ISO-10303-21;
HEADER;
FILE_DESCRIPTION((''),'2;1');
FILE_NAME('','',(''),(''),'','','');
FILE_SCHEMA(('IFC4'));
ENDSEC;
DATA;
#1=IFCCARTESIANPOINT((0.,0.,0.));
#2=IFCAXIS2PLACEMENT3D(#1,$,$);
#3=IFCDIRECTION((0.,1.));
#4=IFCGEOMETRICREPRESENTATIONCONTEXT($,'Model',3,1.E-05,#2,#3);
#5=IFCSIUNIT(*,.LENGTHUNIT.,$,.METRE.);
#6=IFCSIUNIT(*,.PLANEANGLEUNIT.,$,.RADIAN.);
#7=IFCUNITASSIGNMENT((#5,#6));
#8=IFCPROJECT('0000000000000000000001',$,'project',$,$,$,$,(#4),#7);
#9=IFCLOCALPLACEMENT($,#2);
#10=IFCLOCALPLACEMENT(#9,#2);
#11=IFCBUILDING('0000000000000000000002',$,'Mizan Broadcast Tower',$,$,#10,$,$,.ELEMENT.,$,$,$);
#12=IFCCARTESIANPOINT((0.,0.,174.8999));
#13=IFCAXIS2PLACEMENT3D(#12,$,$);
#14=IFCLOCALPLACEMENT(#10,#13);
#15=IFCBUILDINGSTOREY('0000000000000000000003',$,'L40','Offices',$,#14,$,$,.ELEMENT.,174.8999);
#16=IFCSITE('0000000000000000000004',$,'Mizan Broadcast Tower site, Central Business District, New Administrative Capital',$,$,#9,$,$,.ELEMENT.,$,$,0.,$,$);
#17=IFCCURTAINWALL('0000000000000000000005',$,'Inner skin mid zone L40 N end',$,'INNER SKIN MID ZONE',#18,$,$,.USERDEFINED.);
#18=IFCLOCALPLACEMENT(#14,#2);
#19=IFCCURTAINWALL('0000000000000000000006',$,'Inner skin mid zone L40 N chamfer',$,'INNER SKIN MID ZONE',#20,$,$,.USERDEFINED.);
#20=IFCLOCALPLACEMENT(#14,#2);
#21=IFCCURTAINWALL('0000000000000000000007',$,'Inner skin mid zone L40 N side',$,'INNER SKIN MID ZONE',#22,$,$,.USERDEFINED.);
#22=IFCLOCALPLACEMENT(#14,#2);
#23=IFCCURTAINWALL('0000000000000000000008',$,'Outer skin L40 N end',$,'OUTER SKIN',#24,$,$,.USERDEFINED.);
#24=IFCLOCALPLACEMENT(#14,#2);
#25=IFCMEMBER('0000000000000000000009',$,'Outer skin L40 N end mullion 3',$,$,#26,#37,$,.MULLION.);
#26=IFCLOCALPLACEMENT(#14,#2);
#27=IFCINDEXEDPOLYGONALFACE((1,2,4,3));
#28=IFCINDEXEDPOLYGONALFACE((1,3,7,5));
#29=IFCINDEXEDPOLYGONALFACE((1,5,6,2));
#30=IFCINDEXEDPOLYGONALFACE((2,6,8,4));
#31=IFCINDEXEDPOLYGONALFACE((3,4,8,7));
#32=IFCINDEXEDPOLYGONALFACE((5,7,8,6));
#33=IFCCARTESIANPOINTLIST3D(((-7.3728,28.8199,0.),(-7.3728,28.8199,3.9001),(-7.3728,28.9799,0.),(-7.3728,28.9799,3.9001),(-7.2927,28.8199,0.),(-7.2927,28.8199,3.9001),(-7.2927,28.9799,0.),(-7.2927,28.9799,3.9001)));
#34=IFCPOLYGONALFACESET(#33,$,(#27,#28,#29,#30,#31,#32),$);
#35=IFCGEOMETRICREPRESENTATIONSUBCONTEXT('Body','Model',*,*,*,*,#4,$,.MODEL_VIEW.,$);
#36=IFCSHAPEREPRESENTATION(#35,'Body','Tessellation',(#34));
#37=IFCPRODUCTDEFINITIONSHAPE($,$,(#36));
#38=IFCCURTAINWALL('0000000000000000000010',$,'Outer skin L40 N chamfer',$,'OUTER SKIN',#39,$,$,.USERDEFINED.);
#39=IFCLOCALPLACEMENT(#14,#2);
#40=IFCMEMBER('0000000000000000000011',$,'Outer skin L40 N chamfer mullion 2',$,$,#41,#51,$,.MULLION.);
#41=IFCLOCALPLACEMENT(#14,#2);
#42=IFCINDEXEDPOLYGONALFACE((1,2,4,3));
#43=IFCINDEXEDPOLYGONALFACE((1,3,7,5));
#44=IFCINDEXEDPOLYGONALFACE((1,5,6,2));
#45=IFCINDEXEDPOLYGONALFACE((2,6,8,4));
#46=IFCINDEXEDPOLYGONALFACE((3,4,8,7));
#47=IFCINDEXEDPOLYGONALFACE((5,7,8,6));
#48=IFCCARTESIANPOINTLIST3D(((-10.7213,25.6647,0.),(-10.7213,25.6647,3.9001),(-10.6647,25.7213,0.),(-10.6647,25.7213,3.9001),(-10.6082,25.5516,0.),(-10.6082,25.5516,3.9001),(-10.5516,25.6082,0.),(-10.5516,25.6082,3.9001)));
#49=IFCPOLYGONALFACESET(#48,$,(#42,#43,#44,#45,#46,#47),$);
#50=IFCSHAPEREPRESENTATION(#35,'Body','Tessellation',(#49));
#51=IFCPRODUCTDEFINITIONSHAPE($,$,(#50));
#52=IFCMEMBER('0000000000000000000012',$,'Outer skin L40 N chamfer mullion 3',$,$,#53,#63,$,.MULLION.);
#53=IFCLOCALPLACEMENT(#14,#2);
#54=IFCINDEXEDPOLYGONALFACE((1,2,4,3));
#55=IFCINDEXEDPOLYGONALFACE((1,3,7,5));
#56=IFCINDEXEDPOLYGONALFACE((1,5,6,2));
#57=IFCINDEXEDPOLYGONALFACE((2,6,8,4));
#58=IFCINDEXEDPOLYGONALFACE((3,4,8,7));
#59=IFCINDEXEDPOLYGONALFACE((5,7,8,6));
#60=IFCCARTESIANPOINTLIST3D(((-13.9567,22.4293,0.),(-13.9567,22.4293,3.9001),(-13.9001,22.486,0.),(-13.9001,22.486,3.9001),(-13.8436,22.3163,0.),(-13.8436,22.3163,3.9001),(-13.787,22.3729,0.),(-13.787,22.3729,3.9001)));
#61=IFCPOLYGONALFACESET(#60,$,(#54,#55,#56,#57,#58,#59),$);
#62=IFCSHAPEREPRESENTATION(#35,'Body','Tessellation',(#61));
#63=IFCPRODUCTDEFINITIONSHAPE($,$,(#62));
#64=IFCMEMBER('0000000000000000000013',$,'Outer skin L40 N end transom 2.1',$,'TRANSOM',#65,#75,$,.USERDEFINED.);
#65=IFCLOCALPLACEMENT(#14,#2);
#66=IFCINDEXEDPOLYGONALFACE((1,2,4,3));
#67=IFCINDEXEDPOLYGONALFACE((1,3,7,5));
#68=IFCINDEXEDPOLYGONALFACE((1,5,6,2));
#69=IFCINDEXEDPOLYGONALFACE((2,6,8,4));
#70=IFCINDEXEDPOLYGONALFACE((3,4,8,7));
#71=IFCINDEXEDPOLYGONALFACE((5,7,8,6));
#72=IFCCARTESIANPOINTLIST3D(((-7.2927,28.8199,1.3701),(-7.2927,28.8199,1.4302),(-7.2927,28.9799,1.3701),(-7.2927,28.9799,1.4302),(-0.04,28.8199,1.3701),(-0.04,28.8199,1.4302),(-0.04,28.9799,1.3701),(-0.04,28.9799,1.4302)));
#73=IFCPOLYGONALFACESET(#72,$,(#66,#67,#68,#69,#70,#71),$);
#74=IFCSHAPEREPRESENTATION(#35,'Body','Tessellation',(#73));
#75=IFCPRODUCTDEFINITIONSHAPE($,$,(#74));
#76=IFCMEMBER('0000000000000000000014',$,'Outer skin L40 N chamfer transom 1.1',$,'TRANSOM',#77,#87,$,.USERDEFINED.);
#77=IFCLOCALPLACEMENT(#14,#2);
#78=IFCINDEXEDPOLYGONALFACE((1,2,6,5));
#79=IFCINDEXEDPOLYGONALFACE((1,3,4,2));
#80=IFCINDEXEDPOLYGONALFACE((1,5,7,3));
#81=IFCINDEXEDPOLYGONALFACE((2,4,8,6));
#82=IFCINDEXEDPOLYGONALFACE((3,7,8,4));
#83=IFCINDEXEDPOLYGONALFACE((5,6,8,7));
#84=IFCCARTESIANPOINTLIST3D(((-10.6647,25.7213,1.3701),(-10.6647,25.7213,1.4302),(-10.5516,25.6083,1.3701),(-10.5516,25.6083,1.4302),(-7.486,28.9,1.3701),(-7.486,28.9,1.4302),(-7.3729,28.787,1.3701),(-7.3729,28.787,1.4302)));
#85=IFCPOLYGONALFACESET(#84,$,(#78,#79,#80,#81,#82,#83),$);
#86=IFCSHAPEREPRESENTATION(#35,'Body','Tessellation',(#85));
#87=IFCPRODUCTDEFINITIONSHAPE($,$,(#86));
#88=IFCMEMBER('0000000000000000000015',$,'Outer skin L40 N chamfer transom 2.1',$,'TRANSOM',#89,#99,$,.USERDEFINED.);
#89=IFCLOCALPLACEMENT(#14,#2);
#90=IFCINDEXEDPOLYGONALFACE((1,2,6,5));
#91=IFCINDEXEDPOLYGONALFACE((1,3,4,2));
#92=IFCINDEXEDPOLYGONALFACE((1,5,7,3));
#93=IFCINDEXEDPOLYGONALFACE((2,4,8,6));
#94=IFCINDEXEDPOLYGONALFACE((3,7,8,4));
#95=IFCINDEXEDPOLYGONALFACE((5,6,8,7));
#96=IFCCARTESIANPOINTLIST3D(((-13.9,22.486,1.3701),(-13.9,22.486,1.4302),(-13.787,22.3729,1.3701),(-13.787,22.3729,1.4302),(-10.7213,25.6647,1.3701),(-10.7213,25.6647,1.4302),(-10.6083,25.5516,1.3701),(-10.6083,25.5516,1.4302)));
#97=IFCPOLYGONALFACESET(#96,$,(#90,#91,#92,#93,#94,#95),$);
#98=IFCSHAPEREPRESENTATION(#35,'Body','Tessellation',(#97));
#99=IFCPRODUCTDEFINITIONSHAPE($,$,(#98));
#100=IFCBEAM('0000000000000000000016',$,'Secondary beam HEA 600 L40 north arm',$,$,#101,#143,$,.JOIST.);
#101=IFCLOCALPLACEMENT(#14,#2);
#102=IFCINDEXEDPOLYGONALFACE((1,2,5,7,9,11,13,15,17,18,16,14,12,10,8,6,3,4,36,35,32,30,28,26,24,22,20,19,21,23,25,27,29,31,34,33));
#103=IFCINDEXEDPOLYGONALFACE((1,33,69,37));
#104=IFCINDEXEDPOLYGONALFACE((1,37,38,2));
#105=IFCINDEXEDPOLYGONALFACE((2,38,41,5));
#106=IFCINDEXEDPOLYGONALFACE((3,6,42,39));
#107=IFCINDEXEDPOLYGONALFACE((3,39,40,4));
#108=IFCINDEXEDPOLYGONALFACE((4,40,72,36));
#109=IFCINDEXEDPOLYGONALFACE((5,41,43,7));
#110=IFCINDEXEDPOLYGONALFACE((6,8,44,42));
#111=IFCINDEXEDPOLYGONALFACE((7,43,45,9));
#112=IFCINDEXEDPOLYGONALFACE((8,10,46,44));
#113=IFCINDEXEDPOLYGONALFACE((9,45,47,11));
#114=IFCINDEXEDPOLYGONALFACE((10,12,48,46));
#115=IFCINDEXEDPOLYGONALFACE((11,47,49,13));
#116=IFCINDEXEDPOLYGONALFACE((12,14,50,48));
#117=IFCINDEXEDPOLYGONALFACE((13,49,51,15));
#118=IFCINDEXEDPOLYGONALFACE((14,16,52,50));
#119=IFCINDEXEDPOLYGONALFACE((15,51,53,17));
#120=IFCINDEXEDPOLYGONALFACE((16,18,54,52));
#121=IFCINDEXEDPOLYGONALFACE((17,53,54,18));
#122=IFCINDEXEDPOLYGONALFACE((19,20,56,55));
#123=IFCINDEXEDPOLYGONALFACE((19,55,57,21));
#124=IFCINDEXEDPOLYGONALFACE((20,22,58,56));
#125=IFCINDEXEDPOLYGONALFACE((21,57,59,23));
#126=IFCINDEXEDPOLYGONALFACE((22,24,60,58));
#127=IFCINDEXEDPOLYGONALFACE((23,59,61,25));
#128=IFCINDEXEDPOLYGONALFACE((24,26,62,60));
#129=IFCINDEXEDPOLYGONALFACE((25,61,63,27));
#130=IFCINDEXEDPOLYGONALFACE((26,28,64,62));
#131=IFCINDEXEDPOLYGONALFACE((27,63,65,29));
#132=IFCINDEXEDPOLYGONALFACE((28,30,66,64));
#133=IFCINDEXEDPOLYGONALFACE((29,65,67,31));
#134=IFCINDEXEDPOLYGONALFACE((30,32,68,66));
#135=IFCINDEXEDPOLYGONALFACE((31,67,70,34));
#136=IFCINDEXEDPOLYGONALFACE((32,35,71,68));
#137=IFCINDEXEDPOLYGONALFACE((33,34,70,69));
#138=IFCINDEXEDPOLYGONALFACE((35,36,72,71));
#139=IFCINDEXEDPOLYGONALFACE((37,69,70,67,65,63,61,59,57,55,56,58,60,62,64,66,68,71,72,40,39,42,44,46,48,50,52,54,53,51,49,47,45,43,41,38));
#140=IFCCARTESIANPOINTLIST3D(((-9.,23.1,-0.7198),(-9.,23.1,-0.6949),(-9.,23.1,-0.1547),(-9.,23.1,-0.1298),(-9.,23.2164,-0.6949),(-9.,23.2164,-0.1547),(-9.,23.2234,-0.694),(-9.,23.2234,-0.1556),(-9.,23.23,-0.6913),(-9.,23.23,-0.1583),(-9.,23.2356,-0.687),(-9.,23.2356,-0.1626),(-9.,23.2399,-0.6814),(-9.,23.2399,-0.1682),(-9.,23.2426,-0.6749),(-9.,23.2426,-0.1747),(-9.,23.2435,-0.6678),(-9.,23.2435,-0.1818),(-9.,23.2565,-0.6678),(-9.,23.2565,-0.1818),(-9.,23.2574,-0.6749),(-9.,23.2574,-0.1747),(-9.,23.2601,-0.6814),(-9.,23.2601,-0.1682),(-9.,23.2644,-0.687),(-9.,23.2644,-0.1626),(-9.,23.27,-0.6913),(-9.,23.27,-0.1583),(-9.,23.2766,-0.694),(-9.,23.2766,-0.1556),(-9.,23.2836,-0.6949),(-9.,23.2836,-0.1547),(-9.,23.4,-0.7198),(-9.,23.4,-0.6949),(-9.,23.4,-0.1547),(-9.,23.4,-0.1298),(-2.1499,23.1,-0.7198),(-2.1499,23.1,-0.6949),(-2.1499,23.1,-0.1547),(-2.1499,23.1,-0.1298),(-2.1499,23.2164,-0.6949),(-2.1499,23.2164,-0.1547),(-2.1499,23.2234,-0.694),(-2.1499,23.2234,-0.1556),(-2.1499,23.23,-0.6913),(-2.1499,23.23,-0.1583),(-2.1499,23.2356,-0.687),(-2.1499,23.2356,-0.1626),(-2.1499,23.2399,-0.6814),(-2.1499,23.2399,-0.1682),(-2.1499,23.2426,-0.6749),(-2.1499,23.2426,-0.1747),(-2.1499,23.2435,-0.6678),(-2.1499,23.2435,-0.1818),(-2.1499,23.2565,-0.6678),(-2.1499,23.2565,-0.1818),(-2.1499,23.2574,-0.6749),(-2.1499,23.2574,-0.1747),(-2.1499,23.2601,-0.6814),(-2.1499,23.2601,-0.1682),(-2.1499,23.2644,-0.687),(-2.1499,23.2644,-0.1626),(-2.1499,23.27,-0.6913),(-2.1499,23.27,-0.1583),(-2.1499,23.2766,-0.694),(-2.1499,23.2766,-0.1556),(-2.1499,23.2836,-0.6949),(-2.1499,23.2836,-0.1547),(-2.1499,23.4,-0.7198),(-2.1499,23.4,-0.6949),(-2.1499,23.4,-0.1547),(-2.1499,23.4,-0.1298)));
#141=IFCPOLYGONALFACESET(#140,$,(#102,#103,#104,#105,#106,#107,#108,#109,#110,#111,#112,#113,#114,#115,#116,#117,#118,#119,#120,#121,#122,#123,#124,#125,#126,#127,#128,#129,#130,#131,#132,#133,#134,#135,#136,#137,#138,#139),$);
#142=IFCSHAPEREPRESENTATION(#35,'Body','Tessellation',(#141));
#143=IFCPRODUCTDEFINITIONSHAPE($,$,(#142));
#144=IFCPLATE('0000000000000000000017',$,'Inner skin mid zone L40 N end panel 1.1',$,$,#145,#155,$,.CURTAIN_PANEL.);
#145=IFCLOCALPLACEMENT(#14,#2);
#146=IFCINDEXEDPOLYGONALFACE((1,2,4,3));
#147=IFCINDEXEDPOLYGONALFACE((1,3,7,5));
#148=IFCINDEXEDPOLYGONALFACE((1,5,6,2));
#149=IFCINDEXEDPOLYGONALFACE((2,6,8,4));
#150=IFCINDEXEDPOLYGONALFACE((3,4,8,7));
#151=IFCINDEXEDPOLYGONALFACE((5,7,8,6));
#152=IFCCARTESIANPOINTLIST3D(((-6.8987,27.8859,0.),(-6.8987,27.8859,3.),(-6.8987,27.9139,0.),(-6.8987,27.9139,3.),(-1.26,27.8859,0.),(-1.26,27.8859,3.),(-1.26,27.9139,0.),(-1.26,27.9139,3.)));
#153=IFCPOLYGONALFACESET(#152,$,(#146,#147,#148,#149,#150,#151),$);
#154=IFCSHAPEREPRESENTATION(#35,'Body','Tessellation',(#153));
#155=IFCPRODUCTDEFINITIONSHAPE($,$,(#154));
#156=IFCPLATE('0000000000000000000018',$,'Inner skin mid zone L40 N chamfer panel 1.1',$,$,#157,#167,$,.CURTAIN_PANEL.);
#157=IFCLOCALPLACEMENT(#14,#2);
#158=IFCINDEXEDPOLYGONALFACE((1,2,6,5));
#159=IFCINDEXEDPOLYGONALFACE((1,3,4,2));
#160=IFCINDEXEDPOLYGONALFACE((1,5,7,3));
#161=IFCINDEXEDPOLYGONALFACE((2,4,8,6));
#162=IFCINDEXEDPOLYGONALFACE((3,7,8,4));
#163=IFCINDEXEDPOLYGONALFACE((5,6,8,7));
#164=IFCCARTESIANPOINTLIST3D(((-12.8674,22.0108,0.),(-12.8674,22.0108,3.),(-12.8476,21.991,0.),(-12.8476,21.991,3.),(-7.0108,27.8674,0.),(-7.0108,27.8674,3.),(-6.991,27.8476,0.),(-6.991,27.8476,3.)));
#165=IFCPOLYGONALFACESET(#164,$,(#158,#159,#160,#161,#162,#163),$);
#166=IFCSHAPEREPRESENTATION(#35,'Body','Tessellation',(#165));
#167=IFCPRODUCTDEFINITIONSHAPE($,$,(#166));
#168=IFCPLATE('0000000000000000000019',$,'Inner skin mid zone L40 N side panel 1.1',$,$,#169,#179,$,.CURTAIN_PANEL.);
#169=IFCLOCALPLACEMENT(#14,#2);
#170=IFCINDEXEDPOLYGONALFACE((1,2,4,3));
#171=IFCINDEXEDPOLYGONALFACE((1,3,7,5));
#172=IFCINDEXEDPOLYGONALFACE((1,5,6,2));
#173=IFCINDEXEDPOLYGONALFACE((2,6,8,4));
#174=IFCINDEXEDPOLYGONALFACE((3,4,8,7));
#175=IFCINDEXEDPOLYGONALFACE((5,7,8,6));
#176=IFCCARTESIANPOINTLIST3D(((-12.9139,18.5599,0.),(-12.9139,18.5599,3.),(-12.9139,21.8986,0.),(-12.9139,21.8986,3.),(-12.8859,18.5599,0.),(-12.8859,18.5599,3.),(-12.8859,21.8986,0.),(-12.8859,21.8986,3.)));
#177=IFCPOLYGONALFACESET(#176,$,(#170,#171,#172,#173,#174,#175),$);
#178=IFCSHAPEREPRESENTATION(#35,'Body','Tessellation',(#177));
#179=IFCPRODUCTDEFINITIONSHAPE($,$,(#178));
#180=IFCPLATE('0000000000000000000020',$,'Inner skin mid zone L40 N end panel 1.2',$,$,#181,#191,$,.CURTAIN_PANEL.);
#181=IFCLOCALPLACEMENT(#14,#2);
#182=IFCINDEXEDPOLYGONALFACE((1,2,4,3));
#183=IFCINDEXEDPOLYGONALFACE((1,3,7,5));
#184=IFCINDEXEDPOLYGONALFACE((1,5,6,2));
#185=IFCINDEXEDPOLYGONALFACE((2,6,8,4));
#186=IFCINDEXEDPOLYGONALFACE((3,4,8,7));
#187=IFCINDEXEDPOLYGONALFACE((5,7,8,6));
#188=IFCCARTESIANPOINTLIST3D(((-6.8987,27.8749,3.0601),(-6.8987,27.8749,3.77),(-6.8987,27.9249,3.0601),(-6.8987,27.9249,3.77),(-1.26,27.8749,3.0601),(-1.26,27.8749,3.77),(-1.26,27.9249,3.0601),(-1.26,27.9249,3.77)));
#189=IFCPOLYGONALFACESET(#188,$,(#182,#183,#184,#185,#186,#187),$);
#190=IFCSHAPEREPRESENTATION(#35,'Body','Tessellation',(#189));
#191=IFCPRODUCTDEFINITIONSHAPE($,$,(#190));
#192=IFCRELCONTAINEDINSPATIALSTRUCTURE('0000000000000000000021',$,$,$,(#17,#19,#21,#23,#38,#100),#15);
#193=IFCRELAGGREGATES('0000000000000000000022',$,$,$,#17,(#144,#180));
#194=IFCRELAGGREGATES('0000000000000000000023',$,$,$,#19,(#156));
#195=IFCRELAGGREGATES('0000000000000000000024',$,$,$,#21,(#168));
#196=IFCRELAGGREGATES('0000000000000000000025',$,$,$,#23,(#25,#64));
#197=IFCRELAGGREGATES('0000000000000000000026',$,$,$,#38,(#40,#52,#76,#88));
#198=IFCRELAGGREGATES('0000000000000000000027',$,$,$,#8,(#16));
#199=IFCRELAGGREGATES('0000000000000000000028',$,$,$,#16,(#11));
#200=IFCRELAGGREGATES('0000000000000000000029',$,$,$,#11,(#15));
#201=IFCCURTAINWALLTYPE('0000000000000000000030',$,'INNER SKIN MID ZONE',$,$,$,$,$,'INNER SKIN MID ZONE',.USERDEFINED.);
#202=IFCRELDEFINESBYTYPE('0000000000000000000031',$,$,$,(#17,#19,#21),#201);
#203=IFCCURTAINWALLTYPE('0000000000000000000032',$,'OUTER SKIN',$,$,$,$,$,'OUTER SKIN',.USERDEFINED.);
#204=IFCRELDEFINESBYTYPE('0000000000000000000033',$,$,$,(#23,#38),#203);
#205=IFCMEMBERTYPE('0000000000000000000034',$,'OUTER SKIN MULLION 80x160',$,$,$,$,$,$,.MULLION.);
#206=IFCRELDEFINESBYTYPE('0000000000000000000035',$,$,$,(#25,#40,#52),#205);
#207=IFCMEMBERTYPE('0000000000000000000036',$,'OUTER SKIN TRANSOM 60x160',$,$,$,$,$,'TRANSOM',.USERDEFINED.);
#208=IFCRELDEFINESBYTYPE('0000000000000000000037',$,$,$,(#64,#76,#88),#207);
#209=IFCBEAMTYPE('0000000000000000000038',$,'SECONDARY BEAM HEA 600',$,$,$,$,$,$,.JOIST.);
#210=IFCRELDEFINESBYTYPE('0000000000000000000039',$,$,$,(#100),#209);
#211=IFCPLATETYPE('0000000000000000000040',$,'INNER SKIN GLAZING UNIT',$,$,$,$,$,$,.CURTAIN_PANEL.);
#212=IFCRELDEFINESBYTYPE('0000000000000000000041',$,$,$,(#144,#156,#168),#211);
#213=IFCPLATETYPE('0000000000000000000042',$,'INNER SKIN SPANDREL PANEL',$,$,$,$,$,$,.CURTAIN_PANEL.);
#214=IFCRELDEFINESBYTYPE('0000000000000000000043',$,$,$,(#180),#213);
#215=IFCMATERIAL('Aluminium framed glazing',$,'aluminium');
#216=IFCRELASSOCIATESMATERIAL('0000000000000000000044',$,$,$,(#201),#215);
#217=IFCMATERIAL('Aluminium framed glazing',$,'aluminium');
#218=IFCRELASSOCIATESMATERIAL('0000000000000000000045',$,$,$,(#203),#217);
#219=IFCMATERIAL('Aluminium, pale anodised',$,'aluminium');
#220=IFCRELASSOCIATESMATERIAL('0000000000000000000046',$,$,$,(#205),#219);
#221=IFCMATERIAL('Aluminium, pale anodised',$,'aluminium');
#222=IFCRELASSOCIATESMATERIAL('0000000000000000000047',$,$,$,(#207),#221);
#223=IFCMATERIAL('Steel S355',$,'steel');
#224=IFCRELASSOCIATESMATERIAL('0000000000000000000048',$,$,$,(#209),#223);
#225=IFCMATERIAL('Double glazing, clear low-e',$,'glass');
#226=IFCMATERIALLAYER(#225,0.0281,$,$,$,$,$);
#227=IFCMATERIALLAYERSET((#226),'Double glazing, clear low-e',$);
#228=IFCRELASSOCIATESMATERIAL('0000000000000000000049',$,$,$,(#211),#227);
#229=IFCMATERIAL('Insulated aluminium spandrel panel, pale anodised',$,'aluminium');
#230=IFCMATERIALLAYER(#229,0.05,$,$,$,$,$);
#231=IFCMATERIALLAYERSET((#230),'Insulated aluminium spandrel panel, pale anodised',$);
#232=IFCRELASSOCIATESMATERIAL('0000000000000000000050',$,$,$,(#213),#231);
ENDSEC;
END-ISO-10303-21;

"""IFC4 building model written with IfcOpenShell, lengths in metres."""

from ifc_helpers import new_model, si_unit, direction, frame, origin, origin_2d, place, context, subcontext, project, spatial, rectangle, i_section, extrude, material, layer, layer_set, material_profile, profile_set, type_object, element, aggregate, save


model = new_model("IFC4")

# Units and contexts
model_context = context("Model", 3, precision=1e-05, world=origin(), true_north=direction((0.0, 1.0)))
body_context = subcontext(model_context, "Body", "Model", "MODEL_VIEW")
ifc_project = project(units=[si_unit("LENGTHUNIT", "METRE"), si_unit("PLANEANGLEUNIT", "RADIAN")], contexts=[model_context])

# Site, building, storey
site_placement = place(None, origin())
site = spatial("IfcSite", under=ifc_project, at=site_placement, Name="Mizan Broadcast Tower site, Central Business District, New Administrative Capital", CompositionType="ELEMENT", RefElevation=0.0)
building_placement = place(site_placement, origin())
building = spatial("IfcBuilding", under=site, at=building_placement, Name="Mizan Broadcast Tower", CompositionType="ELEMENT")
storey_placement = place(building_placement, frame((0.0, 0.0, 174.8999)))
storey = spatial("IfcBuildingStorey", under=building, at=storey_placement, Name="L40", Description="Offices", CompositionType="ELEMENT", Elevation=174.8999)

# Curtain wall
ifc_material_1 = material(Name="Aluminium framed glazing", Category="aluminium")
curtain_wall_type_1 = type_object("IfcCurtainWallType", Name="INNER SKIN MID ZONE", ElementType="INNER SKIN MID ZONE", PredefinedType="USERDEFINED", material=ifc_material_1)
curtain_wall_1_placement = place(storey_placement, origin())
curtain_wall_1 = element("IfcCurtainWall", 1, at=curtain_wall_1_placement, inside=storey, type_object=curtain_wall_type_1, Name="Inner skin mid zone L40 N end", ObjectType="INNER SKIN MID ZONE", PredefinedType="USERDEFINED")

# Curtain wall
curtain_wall_2_placement = place(storey_placement, origin())
curtain_wall_2 = element("IfcCurtainWall", 2, at=curtain_wall_2_placement, inside=storey, type_object=curtain_wall_type_1, Name="Inner skin mid zone L40 N chamfer", ObjectType="INNER SKIN MID ZONE", PredefinedType="USERDEFINED")

# Curtain walls, member
curtain_wall_3_placement = place(storey_placement, origin())
curtain_wall_3 = element("IfcCurtainWall", 3, at=curtain_wall_3_placement, inside=storey, type_object=curtain_wall_type_1, Name="Inner skin mid zone L40 N side", ObjectType="INNER SKIN MID ZONE", PredefinedType="USERDEFINED")
ifc_material_2 = material(Name="Aluminium framed glazing", Category="aluminium")
curtain_wall_type_2 = type_object("IfcCurtainWallType", Name="OUTER SKIN", ElementType="OUTER SKIN", PredefinedType="USERDEFINED", material=ifc_material_2)
curtain_wall_4_placement = place(storey_placement, origin())
curtain_wall_4 = element("IfcCurtainWall", 4, at=curtain_wall_4_placement, inside=storey, type_object=curtain_wall_type_2, Name="Outer skin L40 N end", ObjectType="OUTER SKIN", PredefinedType="USERDEFINED")
ifc_material_3 = material(Name="Aluminium, pale anodised", Category="aluminium")
ifc_material_profile_1 = material_profile(ifc_material_3, rectangle(XDim=0.1599, YDim=0.0801, at=origin_2d()), Name="MULLION 160x80")
ifc_profile_set_1 = profile_set([ifc_material_profile_1], Name="Aluminium, pale anodised")
member_type_1 = type_object("IfcMemberType", Name="OUTER SKIN MULLION 80x160", PredefinedType="MULLION", material=ifc_profile_set_1)
member_1_placement = place(storey_placement, frame((-7.3328, 28.8999, 0.0), z_axis=(0.0, 0.0, 1.0), x_axis=(0.0, -1.0, 0.0)))
member_1 = element("IfcMember", 5, at=member_1_placement, type_object=member_type_1, Name="Outer skin L40 N end mullion 3", PredefinedType="MULLION", context=body_context, shape_type="SweptSolid", body=[
    extrude(rectangle(XDim=0.1599, YDim=0.0801, at=origin_2d()), origin(), (0.0, 0.0, 1.0), 3.9001),
])

# Curtain wall, members
curtain_wall_5_placement = place(storey_placement, origin())
curtain_wall_5 = element("IfcCurtainWall", 6, at=curtain_wall_5_placement, inside=storey, type_object=curtain_wall_type_2, Name="Outer skin L40 N chamfer", ObjectType="OUTER SKIN", PredefinedType="USERDEFINED")
member_2_placement = place(storey_placement, frame((-10.6365, 25.6365, 0.0), z_axis=(0.0, 0.0, 1.0), x_axis=(0.707107, -0.707107, 0.0)))
member_2 = element("IfcMember", 7, at=member_2_placement, type_object=member_type_1, Name="Outer skin L40 N chamfer mullion 2", PredefinedType="MULLION", context=body_context, shape_type="SweptSolid", body=[
    extrude(rectangle(XDim=0.1599, YDim=0.0801, at=origin_2d()), origin(), (0.0, 0.0, 1.0), 3.9001),
])
member_3_placement = place(storey_placement, frame((-13.8718, 22.4011, 0.0), z_axis=(0.0, 0.0, 1.0), x_axis=(0.707107, -0.707107, 0.0)))
member_3 = element("IfcMember", 8, at=member_3_placement, type_object=member_type_1, Name="Outer skin L40 N chamfer mullion 3", PredefinedType="MULLION", context=body_context, shape_type="SweptSolid", body=[
    extrude(rectangle(XDim=0.1599, YDim=0.0801, at=origin_2d()), origin(), (0.0, 0.0, 1.0), 3.9001),
])

# Members
ifc_material_4 = material(Name="Aluminium, pale anodised", Category="aluminium")
ifc_material_profile_2 = material_profile(ifc_material_4, rectangle(XDim=0.1599, YDim=0.0601, at=origin_2d()), Name="TRANSOM 160x60")
ifc_profile_set_2 = profile_set([ifc_material_profile_2], Name="Aluminium, pale anodised")
member_type_2 = type_object("IfcMemberType", Name="OUTER SKIN TRANSOM 60x160", ElementType="TRANSOM", PredefinedType="USERDEFINED", material=ifc_profile_set_2)
member_4_placement = place(storey_placement, frame((-0.04, 28.8999, 1.4001), z_axis=(-1.0, 0.0, 0.0), x_axis=(0.0, -1.0, 0.0)))
member_4 = element("IfcMember", 9, at=member_4_placement, type_object=member_type_2, Name="Outer skin L40 N end transom 2.1", ObjectType="TRANSOM", PredefinedType="USERDEFINED", context=body_context, shape_type="SweptSolid", body=[
    extrude(rectangle(XDim=0.1599, YDim=0.0601, at=origin_2d()), origin(), (0.0, 0.0, 1.0), 7.2527),
])
member_5_placement = place(storey_placement, frame((-7.4294, 28.8435, 1.4001), z_axis=(-0.707107, -0.707107, 0.0), x_axis=(0.707107, -0.707107, 0.0)))
member_5 = element("IfcMember", 10, at=member_5_placement, type_object=member_type_2, Name="Outer skin L40 N chamfer transom 1.1", ObjectType="TRANSOM", PredefinedType="USERDEFINED", context=body_context, shape_type="SweptSolid", body=[
    extrude(rectangle(XDim=0.1599, YDim=0.0601, at=origin_2d()), origin(), (0.0, 0.0, 1.0), 4.4954),
])
member_6_placement = place(storey_placement, frame((-10.6648, 25.6082, 1.4001), z_axis=(-0.707107, -0.707107, 0.0), x_axis=(0.707107, -0.707107, 0.0)))
member_6 = element("IfcMember", 11, at=member_6_placement, type_object=member_type_2, Name="Outer skin L40 N chamfer transom 2.1", ObjectType="TRANSOM", PredefinedType="USERDEFINED", context=body_context, shape_type="SweptSolid", body=[
    extrude(rectangle(XDim=0.1599, YDim=0.0601, at=origin_2d()), origin(), (0.0, 0.0, 1.0), 4.4954),
])

# Beam
ifc_material_5 = material(Name="Steel S355", Category="steel")
ifc_material_profile_3 = material_profile(ifc_material_5, i_section(OverallWidth=0.3, OverallDepth=0.5901, WebThickness=0.0129, FlangeThickness=0.0249, FilletRadius=0.0271, at=origin_2d()), Name="HEA 600")
ifc_profile_set_3 = profile_set([ifc_material_profile_3], Name="Steel S355")
beam_type_1 = type_object("IfcBeamType", Name="SECONDARY BEAM HEA 600", PredefinedType="JOIST", material=ifc_profile_set_3)
beam_1_placement = place(storey_placement, frame((-9.0, 23.25, -0.4248), z_axis=(1.0, 0.0, 0.0), x_axis=(0.0, 1.0, 0.0)))
element("IfcBeam", 12, at=beam_1_placement, inside=storey, type_object=beam_type_1, Name="Secondary beam HEA 600 L40 north arm", PredefinedType="JOIST", context=body_context, shape_type="SweptSolid", body=[
    extrude(i_section(OverallWidth=0.3, OverallDepth=0.5901, WebThickness=0.0129, FlangeThickness=0.0249, FilletRadius=0.0271, at=origin_2d()), origin(), (0.0, 0.0, 1.0), 6.8501),
])

# Plates
ifc_material_6 = material(Name="Double glazing, clear low-e", Category="glass")
ifc_layer_1 = layer(ifc_material_6, 0.0281)
ifc_layer_set_1 = layer_set([ifc_layer_1], Name="Double glazing, clear low-e")
plate_type_1 = type_object("IfcPlateType", Name="INNER SKIN GLAZING UNIT", PredefinedType="CURTAIN_PANEL", material=ifc_layer_set_1)
plate_1_placement = place(storey_placement, frame((-4.0793, 27.8999, 0.0), z_axis=(0.0, 0.0, 1.0), x_axis=(-1.0, 0.0, 0.0)))
plate_1 = element("IfcPlate", 13, at=plate_1_placement, type_object=plate_type_1, Name="Inner skin mid zone L40 N end panel 1.1", PredefinedType="CURTAIN_PANEL", context=body_context, shape_type="SweptSolid", body=[
    extrude(rectangle(XDim=5.6387, YDim=0.0281, at=origin_2d()), origin(), (0.0, 0.0, 1.0), 3.0),
])
plate_2_placement = place(storey_placement, frame((-9.9292, 24.9292, 0.0), z_axis=(0.0, 0.0, 1.0), x_axis=(-0.707107, -0.707107, 0.0)))
plate_2 = element("IfcPlate", 14, at=plate_2_placement, type_object=plate_type_1, Name="Inner skin mid zone L40 N chamfer panel 1.1", PredefinedType="CURTAIN_PANEL", context=body_context, shape_type="SweptSolid", body=[
    extrude(rectangle(XDim=8.2825, YDim=0.0281, at=origin_2d()), origin(), (0.0, 0.0, 1.0), 3.0),
])
plate_3_placement = place(storey_placement, frame((-12.8999, 20.2292, 0.0), z_axis=(0.0, 0.0, 1.0), x_axis=(0.0, -1.0, 0.0)))
plate_3 = element("IfcPlate", 15, at=plate_3_placement, type_object=plate_type_1, Name="Inner skin mid zone L40 N side panel 1.1", PredefinedType="CURTAIN_PANEL", context=body_context, shape_type="SweptSolid", body=[
    extrude(rectangle(XDim=3.3386, YDim=0.0281, at=origin_2d()), origin(), (0.0, 0.0, 1.0), 3.0),
])
ifc_material_7 = material(Name="Insulated aluminium spandrel panel, pale anodised", Category="aluminium")
ifc_layer_2 = layer(ifc_material_7, 0.05)
ifc_layer_set_2 = layer_set([ifc_layer_2], Name="Insulated aluminium spandrel panel, pale anodised")
plate_type_2 = type_object("IfcPlateType", Name="INNER SKIN SPANDREL PANEL", PredefinedType="CURTAIN_PANEL", material=ifc_layer_set_2)
plate_4_placement = place(storey_placement, frame((-4.0793, 27.8999, 3.0601), z_axis=(0.0, 0.0, 1.0), x_axis=(-1.0, 0.0, 0.0)))
plate_4 = element("IfcPlate", 16, at=plate_4_placement, type_object=plate_type_2, Name="Inner skin mid zone L40 N end panel 1.2", PredefinedType="CURTAIN_PANEL", context=body_context, shape_type="SweptSolid", body=[
    extrude(rectangle(XDim=5.6387, YDim=0.05, at=origin_2d()), origin(), (0.0, 0.0, 1.0), 0.71),
])
aggregate(curtain_wall_1, [plate_1, plate_4])
aggregate(curtain_wall_2, [plate_2])
aggregate(curtain_wall_3, [plate_3])
aggregate(curtain_wall_4, [member_1, member_4])
aggregate(curtain_wall_5, [member_2, member_3, member_5, member_6])

save(model, "model.ifc")
